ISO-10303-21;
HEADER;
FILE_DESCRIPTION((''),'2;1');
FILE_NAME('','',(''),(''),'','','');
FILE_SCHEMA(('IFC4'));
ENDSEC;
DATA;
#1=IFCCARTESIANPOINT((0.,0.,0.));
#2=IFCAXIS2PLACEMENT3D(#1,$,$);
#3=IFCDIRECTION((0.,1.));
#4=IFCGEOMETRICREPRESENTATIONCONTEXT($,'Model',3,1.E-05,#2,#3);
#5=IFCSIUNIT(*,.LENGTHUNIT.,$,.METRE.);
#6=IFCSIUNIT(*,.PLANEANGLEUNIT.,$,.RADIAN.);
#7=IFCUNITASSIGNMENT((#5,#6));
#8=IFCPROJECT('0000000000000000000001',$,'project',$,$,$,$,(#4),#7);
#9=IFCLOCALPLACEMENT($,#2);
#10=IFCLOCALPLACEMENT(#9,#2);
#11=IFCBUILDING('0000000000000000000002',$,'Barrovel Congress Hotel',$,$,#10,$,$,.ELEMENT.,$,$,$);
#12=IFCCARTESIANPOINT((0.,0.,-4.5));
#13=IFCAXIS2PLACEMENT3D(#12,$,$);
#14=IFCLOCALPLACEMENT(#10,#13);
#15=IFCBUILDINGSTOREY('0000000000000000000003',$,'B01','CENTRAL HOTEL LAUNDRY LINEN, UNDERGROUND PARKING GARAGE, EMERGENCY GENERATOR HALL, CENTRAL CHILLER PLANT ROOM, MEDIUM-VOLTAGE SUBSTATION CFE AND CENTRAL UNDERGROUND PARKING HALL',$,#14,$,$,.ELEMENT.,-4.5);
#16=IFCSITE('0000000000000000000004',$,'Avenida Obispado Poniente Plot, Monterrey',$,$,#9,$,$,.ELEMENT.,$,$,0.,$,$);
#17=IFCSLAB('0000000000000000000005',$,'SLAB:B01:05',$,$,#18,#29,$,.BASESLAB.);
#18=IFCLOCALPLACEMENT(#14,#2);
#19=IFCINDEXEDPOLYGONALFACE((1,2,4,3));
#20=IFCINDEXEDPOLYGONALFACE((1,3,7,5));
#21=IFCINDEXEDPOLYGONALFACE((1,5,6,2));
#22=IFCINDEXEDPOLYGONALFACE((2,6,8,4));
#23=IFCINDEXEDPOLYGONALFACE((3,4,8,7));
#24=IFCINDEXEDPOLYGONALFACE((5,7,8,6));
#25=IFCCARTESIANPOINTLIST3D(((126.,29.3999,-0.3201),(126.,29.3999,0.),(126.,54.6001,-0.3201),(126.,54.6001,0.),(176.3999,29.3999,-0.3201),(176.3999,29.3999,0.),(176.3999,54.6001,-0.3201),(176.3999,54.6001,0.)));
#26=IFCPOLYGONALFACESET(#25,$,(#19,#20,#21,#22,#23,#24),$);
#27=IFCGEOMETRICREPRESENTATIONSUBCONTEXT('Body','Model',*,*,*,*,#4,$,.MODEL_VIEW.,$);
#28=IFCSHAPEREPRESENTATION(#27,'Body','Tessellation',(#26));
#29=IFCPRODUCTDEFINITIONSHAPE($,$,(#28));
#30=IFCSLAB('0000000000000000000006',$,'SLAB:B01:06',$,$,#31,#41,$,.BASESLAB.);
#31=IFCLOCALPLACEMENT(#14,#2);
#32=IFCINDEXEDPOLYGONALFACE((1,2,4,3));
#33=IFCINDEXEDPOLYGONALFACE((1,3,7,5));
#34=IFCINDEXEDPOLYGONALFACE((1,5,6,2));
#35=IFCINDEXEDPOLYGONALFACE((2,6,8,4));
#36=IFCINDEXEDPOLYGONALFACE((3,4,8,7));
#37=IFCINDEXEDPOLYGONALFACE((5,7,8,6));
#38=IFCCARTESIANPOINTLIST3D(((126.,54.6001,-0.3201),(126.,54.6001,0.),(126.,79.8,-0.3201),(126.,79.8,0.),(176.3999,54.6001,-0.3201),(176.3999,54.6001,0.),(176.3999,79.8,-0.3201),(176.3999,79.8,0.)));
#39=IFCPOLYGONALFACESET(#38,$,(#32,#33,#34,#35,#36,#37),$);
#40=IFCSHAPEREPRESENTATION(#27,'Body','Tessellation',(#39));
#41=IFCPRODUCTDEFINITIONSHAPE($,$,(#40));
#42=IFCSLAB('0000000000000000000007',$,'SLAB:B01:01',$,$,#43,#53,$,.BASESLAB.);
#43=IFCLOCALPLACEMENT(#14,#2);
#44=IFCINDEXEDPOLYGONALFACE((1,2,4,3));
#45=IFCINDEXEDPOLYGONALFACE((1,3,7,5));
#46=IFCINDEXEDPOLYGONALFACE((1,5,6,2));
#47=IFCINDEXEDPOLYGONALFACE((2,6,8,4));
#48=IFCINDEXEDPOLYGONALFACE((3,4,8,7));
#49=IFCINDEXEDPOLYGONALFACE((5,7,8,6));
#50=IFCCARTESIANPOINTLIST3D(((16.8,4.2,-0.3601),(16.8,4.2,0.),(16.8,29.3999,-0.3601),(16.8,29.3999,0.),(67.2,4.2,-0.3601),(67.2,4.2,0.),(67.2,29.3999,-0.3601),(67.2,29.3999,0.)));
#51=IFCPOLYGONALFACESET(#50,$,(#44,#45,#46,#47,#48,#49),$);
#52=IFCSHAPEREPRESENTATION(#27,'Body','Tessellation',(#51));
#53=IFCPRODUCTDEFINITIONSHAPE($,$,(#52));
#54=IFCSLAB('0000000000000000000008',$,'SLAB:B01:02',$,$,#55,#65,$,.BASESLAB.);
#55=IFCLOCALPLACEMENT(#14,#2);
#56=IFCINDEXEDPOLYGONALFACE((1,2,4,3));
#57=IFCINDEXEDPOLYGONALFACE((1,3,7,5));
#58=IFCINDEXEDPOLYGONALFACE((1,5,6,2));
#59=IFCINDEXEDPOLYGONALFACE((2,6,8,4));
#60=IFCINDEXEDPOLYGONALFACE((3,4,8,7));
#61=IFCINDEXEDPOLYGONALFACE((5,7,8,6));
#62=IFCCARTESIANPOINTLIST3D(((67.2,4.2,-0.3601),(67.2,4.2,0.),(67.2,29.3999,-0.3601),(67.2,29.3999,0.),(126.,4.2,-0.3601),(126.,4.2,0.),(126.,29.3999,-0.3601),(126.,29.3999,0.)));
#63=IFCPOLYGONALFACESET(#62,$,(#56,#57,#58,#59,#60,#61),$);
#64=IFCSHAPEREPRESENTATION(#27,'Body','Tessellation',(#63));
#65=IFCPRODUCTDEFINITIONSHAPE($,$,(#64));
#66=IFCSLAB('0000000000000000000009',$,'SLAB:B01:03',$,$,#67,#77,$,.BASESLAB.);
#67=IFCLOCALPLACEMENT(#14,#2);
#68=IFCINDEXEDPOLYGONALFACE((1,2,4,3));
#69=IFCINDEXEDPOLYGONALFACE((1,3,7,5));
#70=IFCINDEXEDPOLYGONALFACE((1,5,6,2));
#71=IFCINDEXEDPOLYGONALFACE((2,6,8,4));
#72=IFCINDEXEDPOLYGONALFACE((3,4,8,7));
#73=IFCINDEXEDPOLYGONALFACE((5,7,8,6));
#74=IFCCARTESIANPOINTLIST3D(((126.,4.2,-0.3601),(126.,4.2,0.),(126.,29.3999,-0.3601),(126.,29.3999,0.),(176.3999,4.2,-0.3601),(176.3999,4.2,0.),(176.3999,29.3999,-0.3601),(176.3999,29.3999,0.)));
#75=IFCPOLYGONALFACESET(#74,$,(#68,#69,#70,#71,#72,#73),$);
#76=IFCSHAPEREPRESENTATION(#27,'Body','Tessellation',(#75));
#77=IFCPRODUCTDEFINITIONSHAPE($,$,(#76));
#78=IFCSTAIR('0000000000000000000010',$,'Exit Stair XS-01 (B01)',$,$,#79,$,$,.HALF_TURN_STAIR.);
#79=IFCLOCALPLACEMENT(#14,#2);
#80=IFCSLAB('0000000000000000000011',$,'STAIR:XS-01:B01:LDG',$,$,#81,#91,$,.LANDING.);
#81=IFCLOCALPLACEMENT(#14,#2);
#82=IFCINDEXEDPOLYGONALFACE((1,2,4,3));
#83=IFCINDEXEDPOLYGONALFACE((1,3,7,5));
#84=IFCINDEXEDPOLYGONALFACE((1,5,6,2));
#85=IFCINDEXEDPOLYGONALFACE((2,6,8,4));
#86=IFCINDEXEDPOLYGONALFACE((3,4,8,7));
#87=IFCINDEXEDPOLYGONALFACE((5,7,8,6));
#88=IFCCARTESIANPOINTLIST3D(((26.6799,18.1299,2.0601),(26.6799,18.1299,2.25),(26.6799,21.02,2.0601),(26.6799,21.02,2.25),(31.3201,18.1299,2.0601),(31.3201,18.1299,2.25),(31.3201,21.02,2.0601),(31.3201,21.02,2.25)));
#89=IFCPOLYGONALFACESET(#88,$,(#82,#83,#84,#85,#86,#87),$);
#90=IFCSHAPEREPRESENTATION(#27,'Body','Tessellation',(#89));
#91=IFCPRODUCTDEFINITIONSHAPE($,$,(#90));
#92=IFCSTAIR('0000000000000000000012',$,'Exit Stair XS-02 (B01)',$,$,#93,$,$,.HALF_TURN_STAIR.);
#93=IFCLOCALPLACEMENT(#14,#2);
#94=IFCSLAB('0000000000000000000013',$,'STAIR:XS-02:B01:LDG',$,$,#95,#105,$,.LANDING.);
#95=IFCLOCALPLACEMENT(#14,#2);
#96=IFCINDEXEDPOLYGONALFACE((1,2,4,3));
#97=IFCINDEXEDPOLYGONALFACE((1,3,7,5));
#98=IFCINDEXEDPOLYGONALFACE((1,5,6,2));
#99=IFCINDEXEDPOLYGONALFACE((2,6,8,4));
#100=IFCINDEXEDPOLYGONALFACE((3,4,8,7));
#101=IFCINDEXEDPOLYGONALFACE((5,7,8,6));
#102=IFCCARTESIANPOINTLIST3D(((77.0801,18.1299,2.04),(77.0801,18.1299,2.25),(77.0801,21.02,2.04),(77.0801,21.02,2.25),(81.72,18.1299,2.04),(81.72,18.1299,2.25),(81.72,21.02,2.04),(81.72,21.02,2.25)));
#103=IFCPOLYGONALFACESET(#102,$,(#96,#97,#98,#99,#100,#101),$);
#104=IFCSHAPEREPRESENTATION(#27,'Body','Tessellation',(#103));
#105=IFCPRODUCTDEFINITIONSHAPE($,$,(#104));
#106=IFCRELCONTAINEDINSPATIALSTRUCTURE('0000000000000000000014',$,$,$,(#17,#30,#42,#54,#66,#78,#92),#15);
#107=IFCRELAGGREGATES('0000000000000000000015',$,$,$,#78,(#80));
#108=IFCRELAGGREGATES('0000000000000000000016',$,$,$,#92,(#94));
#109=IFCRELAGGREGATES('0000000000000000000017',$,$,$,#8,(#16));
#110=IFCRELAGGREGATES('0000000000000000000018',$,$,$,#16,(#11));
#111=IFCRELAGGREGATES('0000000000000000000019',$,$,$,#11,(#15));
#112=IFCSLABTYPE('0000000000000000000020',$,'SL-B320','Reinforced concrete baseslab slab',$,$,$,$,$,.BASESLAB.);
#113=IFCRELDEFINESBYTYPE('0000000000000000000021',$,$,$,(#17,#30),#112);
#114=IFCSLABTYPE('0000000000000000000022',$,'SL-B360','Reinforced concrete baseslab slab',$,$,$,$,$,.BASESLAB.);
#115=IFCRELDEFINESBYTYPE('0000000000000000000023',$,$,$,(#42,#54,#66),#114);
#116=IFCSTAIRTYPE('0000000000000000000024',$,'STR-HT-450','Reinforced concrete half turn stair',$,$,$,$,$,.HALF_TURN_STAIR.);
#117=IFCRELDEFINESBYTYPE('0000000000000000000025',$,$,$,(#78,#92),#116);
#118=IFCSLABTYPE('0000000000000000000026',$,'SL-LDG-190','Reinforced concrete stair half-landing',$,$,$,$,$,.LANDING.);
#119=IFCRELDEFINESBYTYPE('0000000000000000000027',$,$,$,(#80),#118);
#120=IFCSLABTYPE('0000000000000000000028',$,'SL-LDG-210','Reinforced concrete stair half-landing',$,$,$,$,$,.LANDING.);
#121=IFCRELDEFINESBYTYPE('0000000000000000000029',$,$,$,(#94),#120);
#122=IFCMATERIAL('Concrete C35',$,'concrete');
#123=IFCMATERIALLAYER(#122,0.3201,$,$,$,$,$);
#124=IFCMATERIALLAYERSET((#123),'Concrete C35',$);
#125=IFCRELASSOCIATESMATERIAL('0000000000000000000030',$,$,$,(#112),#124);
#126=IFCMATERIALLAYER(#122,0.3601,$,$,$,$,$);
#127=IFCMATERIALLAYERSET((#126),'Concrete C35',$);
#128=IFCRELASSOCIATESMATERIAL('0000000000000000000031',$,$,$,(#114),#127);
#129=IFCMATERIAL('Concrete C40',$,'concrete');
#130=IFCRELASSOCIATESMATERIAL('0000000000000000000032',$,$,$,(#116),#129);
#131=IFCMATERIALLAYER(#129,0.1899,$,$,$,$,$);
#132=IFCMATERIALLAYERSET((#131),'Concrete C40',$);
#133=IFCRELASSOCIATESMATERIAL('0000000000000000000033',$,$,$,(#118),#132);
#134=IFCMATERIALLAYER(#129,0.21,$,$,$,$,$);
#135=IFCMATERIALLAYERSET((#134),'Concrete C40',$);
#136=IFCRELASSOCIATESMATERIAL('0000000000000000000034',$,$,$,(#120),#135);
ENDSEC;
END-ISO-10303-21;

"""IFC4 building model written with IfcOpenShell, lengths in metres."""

from ifc_helpers import new_model, si_unit, direction, frame, origin, place, context, subcontext, project, spatial, polyline, outline, extrude, material, layer, layer_set, type_object, element, aggregate, save


model = new_model("IFC4")

# Units and contexts
model_context = context("Model", 3, precision=1e-05, world=origin(), true_north=direction((0.0, 1.0)))
body_context = subcontext(model_context, "Body", "Model", "MODEL_VIEW")
ifc_project = project(units=[si_unit("LENGTHUNIT", "METRE"), si_unit("PLANEANGLEUNIT", "RADIAN")], contexts=[model_context])

# Site, building, storey
site_placement = place(None, origin())
site = spatial("IfcSite", under=ifc_project, at=site_placement, Name="Avenida Obispado Poniente Plot, Monterrey", CompositionType="ELEMENT", RefElevation=0.0)
building_placement = place(site_placement, origin())
building = spatial("IfcBuilding", under=site, at=building_placement, Name="Barrovel Congress Hotel", CompositionType="ELEMENT")
storey_placement = place(building_placement, frame((0.0, 0.0, -4.5)))
storey = spatial("IfcBuildingStorey", under=building, at=storey_placement, Name="B01", Description="CENTRAL HOTEL LAUNDRY LINEN, UNDERGROUND PARKING GARAGE, EMERGENCY GENERATOR HALL, CENTRAL CHILLER PLANT ROOM, MEDIUM-VOLTAGE SUBSTATION CFE AND CENTRAL UNDERGROUND PARKING HALL", CompositionType="ELEMENT", Elevation=-4.5)

# Shared definitions
ifc_material_1 = material(Name="Concrete C40", Category="concrete")

# Slabs
ifc_material_2 = material(Name="Concrete C35", Category="concrete")
ifc_layer_1 = layer(ifc_material_2, 0.3201)
ifc_layer_set_1 = layer_set([ifc_layer_1], Name="Concrete C35")
slab_type_1 = type_object("IfcSlabType", Name="SL-B320", Description="Reinforced concrete baseslab slab", PredefinedType="BASESLAB", material=ifc_layer_set_1)
slab_1_placement = place(storey_placement, frame((0.0, 0.0, -0.3201)))
element("IfcSlab", 1, at=slab_1_placement, inside=storey, type_object=slab_type_1, Name="SLAB:B01:05", PredefinedType="BASESLAB", context=body_context, shape_type="SweptSolid", body=[
    extrude(outline(polyline([(126.0, 29.3999), (176.3999, 29.3999), (176.3999, 54.6001), (126.0, 54.6001), (126.0, 29.3999)])), origin(), (0.0, 0.0, 1.0), 0.3201),
])
slab_2_placement = place(storey_placement, frame((0.0, 0.0, -0.3201)))
element("IfcSlab", 2, at=slab_2_placement, inside=storey, type_object=slab_type_1, Name="SLAB:B01:06", PredefinedType="BASESLAB", context=body_context, shape_type="SweptSolid", body=[
    extrude(outline(polyline([(126.0, 54.6001), (176.3999, 54.6001), (176.3999, 79.8), (126.0, 79.8), (126.0, 54.6001)])), origin(), (0.0, 0.0, 1.0), 0.3201),
])
ifc_layer_2 = layer(ifc_material_2, 0.3601)
ifc_layer_set_2 = layer_set([ifc_layer_2], Name="Concrete C35")
slab_type_2 = type_object("IfcSlabType", Name="SL-B360", Description="Reinforced concrete baseslab slab", PredefinedType="BASESLAB", material=ifc_layer_set_2)
slab_3_placement = place(storey_placement, frame((0.0, 0.0, -0.3601)))
element("IfcSlab", 3, at=slab_3_placement, inside=storey, type_object=slab_type_2, Name="SLAB:B01:01", PredefinedType="BASESLAB", context=body_context, shape_type="SweptSolid", body=[
    extrude(outline(polyline([(16.8, 4.2), (67.2, 4.2), (67.2, 29.3999), (16.8, 29.3999), (16.8, 4.2)])), origin(), (0.0, 0.0, 1.0), 0.3601),
])
slab_4_placement = place(storey_placement, frame((0.0, 0.0, -0.3601)))
element("IfcSlab", 4, at=slab_4_placement, inside=storey, type_object=slab_type_2, Name="SLAB:B01:02", PredefinedType="BASESLAB", context=body_context, shape_type="SweptSolid", body=[
    extrude(outline(polyline([(67.2, 4.2), (126.0, 4.2), (126.0, 29.3999), (67.2, 29.3999), (67.2, 4.2)])), origin(), (0.0, 0.0, 1.0), 0.3601),
])
slab_5_placement = place(storey_placement, frame((0.0, 0.0, -0.3601)))
element("IfcSlab", 5, at=slab_5_placement, inside=storey, type_object=slab_type_2, Name="SLAB:B01:03", PredefinedType="BASESLAB", context=body_context, shape_type="SweptSolid", body=[
    extrude(outline(polyline([(126.0, 4.2), (176.3999, 4.2), (176.3999, 29.3999), (126.0, 29.3999), (126.0, 4.2)])), origin(), (0.0, 0.0, 1.0), 0.3601),
])

# Stairs, slabs
stair_type = type_object("IfcStairType", Name="STR-HT-450", Description="Reinforced concrete half turn stair", PredefinedType="HALF_TURN_STAIR", material=ifc_material_1)
stair_1_placement = place(storey_placement, origin())
stair_1 = element("IfcStair", 6, at=stair_1_placement, inside=storey, type_object=stair_type, Name="Exit Stair XS-01 (B01)", PredefinedType="HALF_TURN_STAIR")
ifc_layer_3 = layer(ifc_material_1, 0.1899)
ifc_layer_set_3 = layer_set([ifc_layer_3], Name="Concrete C40")
slab_type_3 = type_object("IfcSlabType", Name="SL-LDG-190", Description="Reinforced concrete stair half-landing", PredefinedType="LANDING", material=ifc_layer_set_3)
slab_6_placement = place(storey_placement, frame((0.0, 0.0, 2.0601)))
slab_6 = element("IfcSlab", 7, at=slab_6_placement, type_object=slab_type_3, Name="STAIR:XS-01:B01:LDG", PredefinedType="LANDING", context=body_context, shape_type="SweptSolid", body=[
    extrude(outline(polyline([(26.6799, 18.1299), (31.3201, 18.1299), (31.3201, 21.02), (26.6799, 21.02), (26.6799, 18.1299)])), origin(), (0.0, 0.0, 1.0), 0.1899),
])
aggregate(stair_1, [slab_6])
stair_2_placement = place(storey_placement, origin())
stair_2 = element("IfcStair", 8, at=stair_2_placement, inside=storey, type_object=stair_type, Name="Exit Stair XS-02 (B01)", PredefinedType="HALF_TURN_STAIR")
ifc_layer_4 = layer(ifc_material_1, 0.21)
ifc_layer_set_4 = layer_set([ifc_layer_4], Name="Concrete C40")
slab_type_4 = type_object("IfcSlabType", Name="SL-LDG-210", Description="Reinforced concrete stair half-landing", PredefinedType="LANDING", material=ifc_layer_set_4)
slab_7_placement = place(storey_placement, frame((0.0, 0.0, 2.04)))
slab_7 = element("IfcSlab", 9, at=slab_7_placement, type_object=slab_type_4, Name="STAIR:XS-02:B01:LDG", PredefinedType="LANDING", context=body_context, shape_type="SweptSolid", body=[
    extrude(outline(polyline([(77.0801, 18.1299), (81.72, 18.1299), (81.72, 21.02), (77.0801, 21.02), (77.0801, 18.1299)])), origin(), (0.0, 0.0, 1.0), 0.21),
])
aggregate(stair_2, [slab_7])

save(model, "model.ifc")
